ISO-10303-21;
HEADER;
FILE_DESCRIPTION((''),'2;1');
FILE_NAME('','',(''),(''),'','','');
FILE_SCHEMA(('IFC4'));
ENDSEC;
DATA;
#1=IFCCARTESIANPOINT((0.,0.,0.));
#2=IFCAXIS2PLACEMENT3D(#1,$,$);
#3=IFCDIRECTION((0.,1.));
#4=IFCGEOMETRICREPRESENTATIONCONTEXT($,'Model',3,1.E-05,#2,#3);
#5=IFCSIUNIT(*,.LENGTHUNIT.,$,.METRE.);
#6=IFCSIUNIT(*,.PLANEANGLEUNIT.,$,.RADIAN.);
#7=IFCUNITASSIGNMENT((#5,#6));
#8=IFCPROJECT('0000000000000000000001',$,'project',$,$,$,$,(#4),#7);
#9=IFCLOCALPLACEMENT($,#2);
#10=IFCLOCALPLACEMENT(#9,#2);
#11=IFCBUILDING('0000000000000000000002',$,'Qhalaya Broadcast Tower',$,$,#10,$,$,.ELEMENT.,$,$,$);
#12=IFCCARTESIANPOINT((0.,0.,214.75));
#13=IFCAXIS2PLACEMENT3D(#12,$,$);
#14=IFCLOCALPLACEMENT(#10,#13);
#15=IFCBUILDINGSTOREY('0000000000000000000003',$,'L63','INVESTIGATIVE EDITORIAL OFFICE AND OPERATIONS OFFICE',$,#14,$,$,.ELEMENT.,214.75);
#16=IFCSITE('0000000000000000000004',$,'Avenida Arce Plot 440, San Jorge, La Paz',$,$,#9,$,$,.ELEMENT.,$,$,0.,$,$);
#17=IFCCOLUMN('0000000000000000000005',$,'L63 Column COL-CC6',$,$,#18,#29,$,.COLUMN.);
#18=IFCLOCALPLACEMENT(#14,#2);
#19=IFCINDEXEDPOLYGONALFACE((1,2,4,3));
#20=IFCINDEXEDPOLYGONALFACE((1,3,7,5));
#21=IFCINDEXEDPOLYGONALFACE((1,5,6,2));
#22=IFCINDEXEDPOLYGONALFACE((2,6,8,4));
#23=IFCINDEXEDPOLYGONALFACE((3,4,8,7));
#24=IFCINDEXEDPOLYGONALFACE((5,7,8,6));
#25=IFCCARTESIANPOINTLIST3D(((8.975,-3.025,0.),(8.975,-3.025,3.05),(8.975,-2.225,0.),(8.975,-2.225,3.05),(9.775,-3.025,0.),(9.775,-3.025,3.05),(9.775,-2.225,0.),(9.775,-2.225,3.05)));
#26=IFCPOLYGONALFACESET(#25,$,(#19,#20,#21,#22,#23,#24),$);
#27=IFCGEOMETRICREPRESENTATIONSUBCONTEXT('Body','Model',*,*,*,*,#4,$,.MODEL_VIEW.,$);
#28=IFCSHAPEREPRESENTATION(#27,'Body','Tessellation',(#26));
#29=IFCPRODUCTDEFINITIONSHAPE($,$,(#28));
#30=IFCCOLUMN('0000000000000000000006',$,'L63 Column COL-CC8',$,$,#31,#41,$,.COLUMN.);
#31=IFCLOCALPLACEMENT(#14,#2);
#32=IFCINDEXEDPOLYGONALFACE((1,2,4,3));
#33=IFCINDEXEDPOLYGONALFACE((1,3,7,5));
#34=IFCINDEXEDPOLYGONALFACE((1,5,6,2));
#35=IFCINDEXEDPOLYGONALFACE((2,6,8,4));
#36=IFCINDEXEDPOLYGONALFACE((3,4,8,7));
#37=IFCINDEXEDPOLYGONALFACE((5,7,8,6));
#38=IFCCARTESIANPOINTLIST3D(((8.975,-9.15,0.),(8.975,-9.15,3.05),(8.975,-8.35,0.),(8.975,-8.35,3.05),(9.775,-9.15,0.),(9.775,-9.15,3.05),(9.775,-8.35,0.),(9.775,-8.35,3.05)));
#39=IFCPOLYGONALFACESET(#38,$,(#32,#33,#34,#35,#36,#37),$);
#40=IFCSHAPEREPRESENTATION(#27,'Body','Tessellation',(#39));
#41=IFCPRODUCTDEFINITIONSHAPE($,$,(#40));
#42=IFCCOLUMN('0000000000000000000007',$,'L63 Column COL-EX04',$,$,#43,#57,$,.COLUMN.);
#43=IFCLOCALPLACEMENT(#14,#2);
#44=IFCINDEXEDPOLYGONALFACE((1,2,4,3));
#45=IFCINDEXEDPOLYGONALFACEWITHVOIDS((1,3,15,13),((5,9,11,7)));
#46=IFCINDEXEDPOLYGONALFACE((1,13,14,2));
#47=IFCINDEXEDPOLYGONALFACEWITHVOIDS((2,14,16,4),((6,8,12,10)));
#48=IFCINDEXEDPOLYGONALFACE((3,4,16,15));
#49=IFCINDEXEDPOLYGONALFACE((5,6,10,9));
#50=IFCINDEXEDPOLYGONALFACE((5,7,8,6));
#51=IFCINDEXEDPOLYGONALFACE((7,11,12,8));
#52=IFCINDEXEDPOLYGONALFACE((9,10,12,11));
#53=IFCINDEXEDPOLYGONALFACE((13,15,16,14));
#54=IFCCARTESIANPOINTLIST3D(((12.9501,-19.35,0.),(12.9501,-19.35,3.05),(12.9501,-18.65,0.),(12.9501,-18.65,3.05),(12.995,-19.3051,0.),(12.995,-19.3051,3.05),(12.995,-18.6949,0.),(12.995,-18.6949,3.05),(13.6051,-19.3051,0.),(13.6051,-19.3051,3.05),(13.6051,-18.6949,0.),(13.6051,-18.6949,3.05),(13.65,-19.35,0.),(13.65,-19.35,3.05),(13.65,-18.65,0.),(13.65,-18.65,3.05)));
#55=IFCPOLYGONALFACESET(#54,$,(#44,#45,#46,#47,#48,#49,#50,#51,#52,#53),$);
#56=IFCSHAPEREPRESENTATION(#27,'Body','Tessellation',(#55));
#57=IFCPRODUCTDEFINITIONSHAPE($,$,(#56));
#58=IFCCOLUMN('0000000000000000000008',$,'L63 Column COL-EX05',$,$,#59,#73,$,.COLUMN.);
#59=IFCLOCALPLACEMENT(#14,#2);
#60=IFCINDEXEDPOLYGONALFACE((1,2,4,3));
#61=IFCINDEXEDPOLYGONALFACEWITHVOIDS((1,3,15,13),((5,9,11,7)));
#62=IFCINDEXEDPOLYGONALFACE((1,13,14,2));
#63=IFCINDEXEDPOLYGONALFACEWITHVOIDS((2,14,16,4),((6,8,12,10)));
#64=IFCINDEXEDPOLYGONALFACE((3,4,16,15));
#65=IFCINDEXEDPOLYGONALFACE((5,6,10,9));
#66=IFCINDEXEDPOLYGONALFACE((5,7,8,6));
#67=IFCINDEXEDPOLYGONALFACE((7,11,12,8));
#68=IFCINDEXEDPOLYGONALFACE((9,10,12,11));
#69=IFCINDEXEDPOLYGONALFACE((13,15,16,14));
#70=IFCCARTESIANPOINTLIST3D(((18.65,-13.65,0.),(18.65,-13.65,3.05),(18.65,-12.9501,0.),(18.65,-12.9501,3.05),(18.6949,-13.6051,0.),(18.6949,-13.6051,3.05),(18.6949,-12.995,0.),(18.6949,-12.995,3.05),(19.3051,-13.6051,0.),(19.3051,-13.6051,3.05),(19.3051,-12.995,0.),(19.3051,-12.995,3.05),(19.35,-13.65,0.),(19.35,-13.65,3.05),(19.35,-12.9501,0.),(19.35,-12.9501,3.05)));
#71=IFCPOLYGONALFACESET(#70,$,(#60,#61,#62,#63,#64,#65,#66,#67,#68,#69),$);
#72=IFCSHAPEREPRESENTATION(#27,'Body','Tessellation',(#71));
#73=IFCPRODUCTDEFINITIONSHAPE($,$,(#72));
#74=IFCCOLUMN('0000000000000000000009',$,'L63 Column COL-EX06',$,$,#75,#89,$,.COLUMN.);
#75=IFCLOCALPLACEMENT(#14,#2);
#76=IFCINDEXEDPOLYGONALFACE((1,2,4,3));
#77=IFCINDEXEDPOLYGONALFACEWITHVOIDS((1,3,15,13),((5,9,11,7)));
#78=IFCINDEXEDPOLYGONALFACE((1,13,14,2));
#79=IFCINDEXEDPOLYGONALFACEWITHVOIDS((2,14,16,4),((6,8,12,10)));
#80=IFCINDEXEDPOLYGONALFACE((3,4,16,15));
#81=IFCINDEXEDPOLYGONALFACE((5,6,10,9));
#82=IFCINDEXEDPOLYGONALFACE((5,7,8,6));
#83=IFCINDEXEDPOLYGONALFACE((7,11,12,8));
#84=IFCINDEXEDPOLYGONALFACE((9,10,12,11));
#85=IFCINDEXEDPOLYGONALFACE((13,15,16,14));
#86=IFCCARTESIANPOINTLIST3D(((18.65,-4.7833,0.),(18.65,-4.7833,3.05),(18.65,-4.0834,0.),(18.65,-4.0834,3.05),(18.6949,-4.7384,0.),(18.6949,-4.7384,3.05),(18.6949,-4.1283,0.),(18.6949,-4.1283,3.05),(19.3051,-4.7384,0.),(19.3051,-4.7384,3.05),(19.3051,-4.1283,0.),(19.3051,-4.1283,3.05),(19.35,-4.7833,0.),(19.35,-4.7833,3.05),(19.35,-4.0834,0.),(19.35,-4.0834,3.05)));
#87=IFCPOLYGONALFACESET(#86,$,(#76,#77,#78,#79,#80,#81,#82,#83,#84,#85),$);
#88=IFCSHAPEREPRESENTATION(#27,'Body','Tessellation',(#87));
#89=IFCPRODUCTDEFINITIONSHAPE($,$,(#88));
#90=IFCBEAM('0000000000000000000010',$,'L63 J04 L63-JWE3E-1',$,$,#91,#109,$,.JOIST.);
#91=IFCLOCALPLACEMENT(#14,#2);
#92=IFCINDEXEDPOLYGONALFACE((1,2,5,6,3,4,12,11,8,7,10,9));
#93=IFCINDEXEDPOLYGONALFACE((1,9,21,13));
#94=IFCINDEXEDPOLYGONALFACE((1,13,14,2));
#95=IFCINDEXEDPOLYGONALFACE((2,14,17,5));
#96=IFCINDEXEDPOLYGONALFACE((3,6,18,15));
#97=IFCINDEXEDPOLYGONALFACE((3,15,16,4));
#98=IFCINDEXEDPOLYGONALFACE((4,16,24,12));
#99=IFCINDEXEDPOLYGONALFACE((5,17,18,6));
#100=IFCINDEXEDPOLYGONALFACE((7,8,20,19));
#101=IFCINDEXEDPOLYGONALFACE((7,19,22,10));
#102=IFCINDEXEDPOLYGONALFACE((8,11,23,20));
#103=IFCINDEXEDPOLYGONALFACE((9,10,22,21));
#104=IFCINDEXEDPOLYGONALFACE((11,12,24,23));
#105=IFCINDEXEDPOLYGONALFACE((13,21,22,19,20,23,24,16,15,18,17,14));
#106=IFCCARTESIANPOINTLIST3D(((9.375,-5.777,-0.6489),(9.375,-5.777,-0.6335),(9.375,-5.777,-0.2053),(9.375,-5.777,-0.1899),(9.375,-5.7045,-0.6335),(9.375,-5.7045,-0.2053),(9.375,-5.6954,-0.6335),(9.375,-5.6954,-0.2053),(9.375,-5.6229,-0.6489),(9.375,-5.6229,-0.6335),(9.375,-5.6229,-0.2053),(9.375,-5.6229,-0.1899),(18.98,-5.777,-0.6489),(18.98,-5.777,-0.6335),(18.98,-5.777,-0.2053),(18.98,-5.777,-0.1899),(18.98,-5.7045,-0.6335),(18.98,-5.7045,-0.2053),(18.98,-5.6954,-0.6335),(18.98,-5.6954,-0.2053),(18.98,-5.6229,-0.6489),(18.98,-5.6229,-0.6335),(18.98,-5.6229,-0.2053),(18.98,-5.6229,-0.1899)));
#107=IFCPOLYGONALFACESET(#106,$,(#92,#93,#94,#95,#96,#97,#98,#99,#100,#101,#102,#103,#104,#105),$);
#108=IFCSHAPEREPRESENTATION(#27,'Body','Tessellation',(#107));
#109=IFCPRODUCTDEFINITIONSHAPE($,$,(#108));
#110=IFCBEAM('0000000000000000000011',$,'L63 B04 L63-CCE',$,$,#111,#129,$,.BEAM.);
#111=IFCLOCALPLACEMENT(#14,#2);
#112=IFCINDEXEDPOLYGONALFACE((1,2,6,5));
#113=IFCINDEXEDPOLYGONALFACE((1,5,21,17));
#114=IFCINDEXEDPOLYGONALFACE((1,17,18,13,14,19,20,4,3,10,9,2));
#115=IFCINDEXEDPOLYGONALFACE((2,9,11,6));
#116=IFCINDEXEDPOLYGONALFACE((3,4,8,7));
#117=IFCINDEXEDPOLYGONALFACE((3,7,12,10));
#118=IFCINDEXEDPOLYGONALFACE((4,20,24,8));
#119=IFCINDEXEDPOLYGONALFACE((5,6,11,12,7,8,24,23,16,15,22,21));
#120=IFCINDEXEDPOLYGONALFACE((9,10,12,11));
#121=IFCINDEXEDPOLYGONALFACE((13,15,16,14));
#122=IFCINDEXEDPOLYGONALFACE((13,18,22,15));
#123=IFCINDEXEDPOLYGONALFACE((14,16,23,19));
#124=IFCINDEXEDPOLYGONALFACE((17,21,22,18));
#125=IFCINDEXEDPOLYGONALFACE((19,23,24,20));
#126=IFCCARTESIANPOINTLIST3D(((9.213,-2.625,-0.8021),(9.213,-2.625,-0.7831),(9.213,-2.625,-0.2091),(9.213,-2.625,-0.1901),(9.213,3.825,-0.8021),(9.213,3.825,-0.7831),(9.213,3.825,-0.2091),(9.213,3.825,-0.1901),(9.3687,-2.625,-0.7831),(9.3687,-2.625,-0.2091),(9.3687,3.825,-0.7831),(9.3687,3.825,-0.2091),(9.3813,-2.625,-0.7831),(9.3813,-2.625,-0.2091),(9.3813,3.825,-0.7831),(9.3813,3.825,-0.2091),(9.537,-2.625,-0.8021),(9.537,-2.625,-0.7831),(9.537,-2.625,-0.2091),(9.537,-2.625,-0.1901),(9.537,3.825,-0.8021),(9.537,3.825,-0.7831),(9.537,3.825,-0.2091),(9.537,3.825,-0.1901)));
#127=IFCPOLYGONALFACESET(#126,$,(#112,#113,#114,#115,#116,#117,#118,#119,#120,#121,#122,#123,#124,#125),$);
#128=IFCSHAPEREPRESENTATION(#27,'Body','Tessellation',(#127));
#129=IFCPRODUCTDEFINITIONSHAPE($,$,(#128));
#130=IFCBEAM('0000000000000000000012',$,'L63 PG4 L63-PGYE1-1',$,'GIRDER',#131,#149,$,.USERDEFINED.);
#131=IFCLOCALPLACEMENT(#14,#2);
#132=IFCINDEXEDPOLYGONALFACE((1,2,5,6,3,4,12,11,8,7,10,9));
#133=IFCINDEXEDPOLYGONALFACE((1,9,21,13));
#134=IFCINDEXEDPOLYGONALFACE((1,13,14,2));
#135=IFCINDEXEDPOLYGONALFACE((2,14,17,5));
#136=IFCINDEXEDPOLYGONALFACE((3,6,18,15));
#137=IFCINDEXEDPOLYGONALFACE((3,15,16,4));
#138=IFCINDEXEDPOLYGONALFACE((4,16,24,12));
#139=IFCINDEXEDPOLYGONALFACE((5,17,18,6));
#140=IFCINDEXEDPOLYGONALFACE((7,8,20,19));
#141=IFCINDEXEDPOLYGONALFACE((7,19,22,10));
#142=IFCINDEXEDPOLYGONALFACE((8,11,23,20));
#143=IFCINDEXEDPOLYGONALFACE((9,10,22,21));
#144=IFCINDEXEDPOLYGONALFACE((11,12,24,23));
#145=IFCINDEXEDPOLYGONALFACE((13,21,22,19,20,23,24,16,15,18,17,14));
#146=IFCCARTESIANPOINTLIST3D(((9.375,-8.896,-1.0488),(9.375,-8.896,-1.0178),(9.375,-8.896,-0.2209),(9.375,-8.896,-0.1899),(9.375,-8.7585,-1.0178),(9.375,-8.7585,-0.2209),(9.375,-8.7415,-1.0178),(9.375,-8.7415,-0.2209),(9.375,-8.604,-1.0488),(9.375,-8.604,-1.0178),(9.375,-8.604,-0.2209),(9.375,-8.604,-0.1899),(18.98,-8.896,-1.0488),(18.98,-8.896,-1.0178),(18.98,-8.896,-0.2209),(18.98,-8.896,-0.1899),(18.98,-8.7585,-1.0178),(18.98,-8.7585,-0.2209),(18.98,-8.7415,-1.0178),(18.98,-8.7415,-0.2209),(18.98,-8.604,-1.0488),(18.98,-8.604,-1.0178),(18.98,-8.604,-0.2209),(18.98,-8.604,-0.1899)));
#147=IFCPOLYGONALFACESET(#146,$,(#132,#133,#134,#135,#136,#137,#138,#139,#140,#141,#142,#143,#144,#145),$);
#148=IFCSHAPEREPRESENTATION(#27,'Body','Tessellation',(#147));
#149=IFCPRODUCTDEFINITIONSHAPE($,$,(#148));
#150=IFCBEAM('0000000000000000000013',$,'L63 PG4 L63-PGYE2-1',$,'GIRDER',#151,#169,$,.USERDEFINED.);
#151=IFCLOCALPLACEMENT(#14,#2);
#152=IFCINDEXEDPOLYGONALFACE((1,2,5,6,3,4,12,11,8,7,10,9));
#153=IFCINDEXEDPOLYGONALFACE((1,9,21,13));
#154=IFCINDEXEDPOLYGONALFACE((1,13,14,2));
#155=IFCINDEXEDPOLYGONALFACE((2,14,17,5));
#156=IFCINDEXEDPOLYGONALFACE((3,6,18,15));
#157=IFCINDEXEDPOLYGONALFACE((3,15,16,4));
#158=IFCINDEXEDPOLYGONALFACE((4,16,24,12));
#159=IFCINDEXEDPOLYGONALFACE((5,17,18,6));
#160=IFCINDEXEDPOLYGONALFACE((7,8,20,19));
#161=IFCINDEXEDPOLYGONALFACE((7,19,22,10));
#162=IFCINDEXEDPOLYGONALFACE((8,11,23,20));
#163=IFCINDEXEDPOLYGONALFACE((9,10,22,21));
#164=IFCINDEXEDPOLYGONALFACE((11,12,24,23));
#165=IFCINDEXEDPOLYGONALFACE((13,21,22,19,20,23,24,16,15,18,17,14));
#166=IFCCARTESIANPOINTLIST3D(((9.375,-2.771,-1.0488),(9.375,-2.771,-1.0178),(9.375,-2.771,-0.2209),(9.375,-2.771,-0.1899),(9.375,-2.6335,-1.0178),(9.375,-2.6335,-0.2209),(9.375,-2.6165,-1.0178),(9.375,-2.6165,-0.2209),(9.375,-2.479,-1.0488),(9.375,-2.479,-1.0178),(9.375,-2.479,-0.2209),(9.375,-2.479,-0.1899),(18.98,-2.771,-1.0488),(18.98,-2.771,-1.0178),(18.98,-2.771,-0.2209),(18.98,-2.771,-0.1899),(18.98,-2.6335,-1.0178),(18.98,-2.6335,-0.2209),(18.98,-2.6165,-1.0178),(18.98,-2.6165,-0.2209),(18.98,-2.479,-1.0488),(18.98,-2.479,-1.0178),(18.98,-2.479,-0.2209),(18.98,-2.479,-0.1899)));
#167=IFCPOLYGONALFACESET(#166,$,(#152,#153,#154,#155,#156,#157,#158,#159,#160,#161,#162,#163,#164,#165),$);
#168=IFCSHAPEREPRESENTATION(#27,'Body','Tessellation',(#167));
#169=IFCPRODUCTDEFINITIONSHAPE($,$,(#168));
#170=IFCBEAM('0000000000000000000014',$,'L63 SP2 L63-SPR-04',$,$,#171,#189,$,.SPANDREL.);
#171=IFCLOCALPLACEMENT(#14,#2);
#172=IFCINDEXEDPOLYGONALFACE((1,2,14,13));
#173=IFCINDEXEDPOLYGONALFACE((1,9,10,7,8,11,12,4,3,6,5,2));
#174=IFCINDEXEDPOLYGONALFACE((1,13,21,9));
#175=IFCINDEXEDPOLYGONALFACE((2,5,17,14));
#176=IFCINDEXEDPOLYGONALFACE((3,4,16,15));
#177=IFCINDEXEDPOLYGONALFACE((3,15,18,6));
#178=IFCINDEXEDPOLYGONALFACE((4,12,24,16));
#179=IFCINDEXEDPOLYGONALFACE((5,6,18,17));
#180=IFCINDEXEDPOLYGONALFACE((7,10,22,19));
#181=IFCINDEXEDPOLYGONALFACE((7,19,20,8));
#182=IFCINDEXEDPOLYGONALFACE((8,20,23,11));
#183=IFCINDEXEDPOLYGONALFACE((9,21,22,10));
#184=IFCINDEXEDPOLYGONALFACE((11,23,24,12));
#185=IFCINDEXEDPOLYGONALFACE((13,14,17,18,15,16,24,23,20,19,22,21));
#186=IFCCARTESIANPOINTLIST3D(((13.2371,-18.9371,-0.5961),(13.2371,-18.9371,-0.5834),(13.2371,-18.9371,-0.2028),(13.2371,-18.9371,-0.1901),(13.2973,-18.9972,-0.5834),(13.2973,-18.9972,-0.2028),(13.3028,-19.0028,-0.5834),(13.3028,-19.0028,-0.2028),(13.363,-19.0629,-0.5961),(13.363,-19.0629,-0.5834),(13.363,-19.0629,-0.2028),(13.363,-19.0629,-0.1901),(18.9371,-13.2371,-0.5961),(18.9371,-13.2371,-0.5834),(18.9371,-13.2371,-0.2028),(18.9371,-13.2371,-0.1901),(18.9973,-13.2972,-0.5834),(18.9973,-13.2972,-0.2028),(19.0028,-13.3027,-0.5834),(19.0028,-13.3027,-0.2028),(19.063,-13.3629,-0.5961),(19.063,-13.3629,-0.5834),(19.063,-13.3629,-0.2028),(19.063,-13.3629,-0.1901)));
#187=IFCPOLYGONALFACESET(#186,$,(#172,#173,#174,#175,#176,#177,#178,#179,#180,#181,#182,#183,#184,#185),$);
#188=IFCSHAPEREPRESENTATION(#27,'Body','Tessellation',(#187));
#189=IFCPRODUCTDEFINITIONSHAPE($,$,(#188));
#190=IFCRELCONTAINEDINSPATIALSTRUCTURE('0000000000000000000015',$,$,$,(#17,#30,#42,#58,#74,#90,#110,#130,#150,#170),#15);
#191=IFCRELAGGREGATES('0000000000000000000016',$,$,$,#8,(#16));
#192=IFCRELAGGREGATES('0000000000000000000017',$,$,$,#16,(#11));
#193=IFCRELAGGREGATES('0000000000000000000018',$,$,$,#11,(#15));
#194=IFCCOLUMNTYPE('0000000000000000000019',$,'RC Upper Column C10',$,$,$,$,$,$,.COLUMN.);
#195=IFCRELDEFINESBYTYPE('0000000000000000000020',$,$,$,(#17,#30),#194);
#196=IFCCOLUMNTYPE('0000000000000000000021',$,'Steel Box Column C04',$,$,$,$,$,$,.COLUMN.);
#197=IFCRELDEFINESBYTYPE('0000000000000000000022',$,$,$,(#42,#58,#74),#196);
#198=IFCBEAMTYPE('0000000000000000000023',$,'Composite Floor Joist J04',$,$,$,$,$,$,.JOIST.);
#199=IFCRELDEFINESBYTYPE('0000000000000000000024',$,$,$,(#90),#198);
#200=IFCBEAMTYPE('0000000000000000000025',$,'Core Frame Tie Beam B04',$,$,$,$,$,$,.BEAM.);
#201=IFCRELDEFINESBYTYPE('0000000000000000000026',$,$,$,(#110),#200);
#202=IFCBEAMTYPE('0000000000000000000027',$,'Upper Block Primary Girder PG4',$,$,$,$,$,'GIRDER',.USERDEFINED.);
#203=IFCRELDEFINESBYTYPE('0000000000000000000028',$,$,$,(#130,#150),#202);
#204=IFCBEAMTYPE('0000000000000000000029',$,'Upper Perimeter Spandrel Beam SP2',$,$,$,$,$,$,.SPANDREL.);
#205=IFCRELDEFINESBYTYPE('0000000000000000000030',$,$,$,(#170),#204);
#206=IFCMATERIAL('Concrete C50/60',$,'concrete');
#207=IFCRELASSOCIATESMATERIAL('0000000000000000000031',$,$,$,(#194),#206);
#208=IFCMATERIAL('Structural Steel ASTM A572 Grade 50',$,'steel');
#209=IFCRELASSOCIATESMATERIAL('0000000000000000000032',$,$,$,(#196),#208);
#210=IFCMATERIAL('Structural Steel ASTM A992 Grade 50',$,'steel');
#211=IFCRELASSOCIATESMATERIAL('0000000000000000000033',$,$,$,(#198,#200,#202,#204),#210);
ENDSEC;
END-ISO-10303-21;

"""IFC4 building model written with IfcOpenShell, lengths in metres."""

from ifc_helpers import new_model, si_unit, direction, frame, origin, origin_2d, place, context, subcontext, project, spatial, rectangle, hollow_rectangle, i_section, extrude, material, material_profile, profile_set, type_object, element, save


model = new_model("IFC4")

# Units and contexts
model_context = context("Model", 3, precision=1e-05, world=origin(), true_north=direction((0.0, 1.0)))
body_context = subcontext(model_context, "Body", "Model", "MODEL_VIEW")
ifc_project = project(units=[si_unit("LENGTHUNIT", "METRE"), si_unit("PLANEANGLEUNIT", "RADIAN")], contexts=[model_context])

# Site, building, storey
site_placement = place(None, origin())
site = spatial("IfcSite", under=ifc_project, at=site_placement, Name="Avenida Arce Plot 440, San Jorge, La Paz", CompositionType="ELEMENT", RefElevation=0.0)
building_placement = place(site_placement, origin())
building = spatial("IfcBuilding", under=site, at=building_placement, Name="Qhalaya Broadcast Tower", CompositionType="ELEMENT")
storey_placement = place(building_placement, frame((0.0, 0.0, 214.75)))
storey = spatial("IfcBuildingStorey", under=building, at=storey_placement, Name="L63", Description="INVESTIGATIVE EDITORIAL OFFICE AND OPERATIONS OFFICE", CompositionType="ELEMENT", Elevation=214.75)

# Columns
ifc_material_1 = material(Name="Concrete C50/60", Category="concrete")
ifc_material_profile_1 = material_profile(ifc_material_1, rectangle(XDim=0.8, YDim=0.8, at=origin_2d()), Name="RC-COL 800x800")
ifc_profile_set_1 = profile_set([ifc_material_profile_1], Name="Concrete C50/60")
column_type_1 = type_object("IfcColumnType", Name="RC Upper Column C10", PredefinedType="COLUMN", material=ifc_profile_set_1)
for number, where, z_axis, x_axis, name in (
    (1, (9.375, -2.625, 0.0), (0.0, 0.0, 1.0), (1.0, 0.0, 0.0), "L63 Column COL-CC6"),
    (2, (9.375, -8.75, 0.0), (0.0, 0.0, 1.0), (1.0, 0.0, 0.0), "L63 Column COL-CC8"),
):
    element("IfcColumn", number, at=place(storey_placement, frame(where, z_axis=z_axis, x_axis=x_axis)), inside=storey, type_object=column_type_1, Name=name, PredefinedType="COLUMN", context=body_context, shape_type="SweptSolid", body=[
        extrude(rectangle(XDim=0.8, YDim=0.8, at=origin_2d()), origin(), (0.0, 0.0, 1.0), 3.05),
    ])
ifc_material_2 = material(Name="Structural Steel ASTM A572 Grade 50", Category="steel")
ifc_material_profile_2 = material_profile(ifc_material_2, hollow_rectangle(XDim=0.7, YDim=0.7, WallThickness=0.0449, at=origin_2d()), Name="BOX 700x700x45")
ifc_profile_set_2 = profile_set([ifc_material_profile_2], Name="Structural Steel ASTM A572 Grade 50")
column_type_2 = type_object("IfcColumnType", Name="Steel Box Column C04", PredefinedType="COLUMN", material=ifc_profile_set_2)
for number, where, z_axis, x_axis, name in (
    (3, (13.3, -19.0, 0.0), (0.0, 0.0, 1.0), (1.0, 0.0, 0.0), "L63 Column COL-EX04"),
    (4, (19.0, -13.3, 0.0), (0.0, 0.0, 1.0), (0.0, 1.0, 0.0), "L63 Column COL-EX05"),
    (5, (19.0, -4.4333, 0.0), (0.0, 0.0, 1.0), (0.0, 1.0, 0.0), "L63 Column COL-EX06"),
):
    element("IfcColumn", number, at=place(storey_placement, frame(where, z_axis=z_axis, x_axis=x_axis)), inside=storey, type_object=column_type_2, Name=name, PredefinedType="COLUMN", context=body_context, shape_type="SweptSolid", body=[
        extrude(hollow_rectangle(XDim=0.7, YDim=0.7, WallThickness=0.0449, at=origin_2d()), origin(), (0.0, 0.0, 1.0), 3.05),
    ])

# Beams
ifc_material_3 = material(Name="Structural Steel ASTM A992 Grade 50", Category="steel")
ifc_material_profile_3 = material_profile(ifc_material_3, i_section(OverallWidth=0.1541, OverallDepth=0.459, WebThickness=0.009, FlangeThickness=0.0154, at=origin_2d()), Name="W18X46")
ifc_profile_set_3 = profile_set([ifc_material_profile_3], Name="Structural Steel ASTM A992 Grade 50")
beam_type_1 = type_object("IfcBeamType", Name="Composite Floor Joist J04", PredefinedType="JOIST", material=ifc_profile_set_3)
beam_1_placement = place(storey_placement, frame((9.375, -5.7, -0.4194), z_axis=(1.0, 0.0, 0.0), x_axis=(0.0, 1.0, 0.0)))
element("IfcBeam", 6, at=beam_1_placement, inside=storey, type_object=beam_type_1, Name="L63 J04 L63-JWE3E-1", PredefinedType="JOIST", context=body_context, shape_type="SweptSolid", body=[
    extrude(i_section(OverallWidth=0.1541, OverallDepth=0.459, WebThickness=0.009, FlangeThickness=0.0154, at=origin_2d()), origin(), (0.0, 0.0, 1.0), 9.605),
])
ifc_material_profile_4 = material_profile(ifc_material_3, i_section(OverallWidth=0.324, OverallDepth=0.6121, WebThickness=0.0127, FlangeThickness=0.019, at=origin_2d()), Name="W24X104")
ifc_profile_set_4 = profile_set([ifc_material_profile_4], Name="Structural Steel ASTM A992 Grade 50")
beam_type_2 = type_object("IfcBeamType", Name="Core Frame Tie Beam B04", PredefinedType="BEAM", material=ifc_profile_set_4)
beam_2_placement = place(storey_placement, frame((9.375, -2.625, -0.4961), z_axis=(0.0, 1.0, 0.0), x_axis=(-1.0, 0.0, 0.0)))
element("IfcBeam", 7, at=beam_2_placement, inside=storey, type_object=beam_type_2, Name="L63 B04 L63-CCE", PredefinedType="BEAM", context=body_context, shape_type="SweptSolid", body=[
    extrude(i_section(OverallWidth=0.324, OverallDepth=0.6121, WebThickness=0.0127, FlangeThickness=0.019, at=origin_2d()), origin(), (0.0, 0.0, 1.0), 6.45),
])
ifc_material_profile_5 = material_profile(ifc_material_3, i_section(OverallWidth=0.292, OverallDepth=0.8589, WebThickness=0.0171, FlangeThickness=0.031, at=origin_2d()), Name="W33X169")
ifc_profile_set_5 = profile_set([ifc_material_profile_5], Name="Structural Steel ASTM A992 Grade 50")
beam_type_3 = type_object("IfcBeamType", Name="Upper Block Primary Girder PG4", ElementType="GIRDER", PredefinedType="USERDEFINED", material=ifc_profile_set_5)
for number, where, z_axis, x_axis, name in (
    (8, (9.375, -8.75, -0.6194), (1.0, 0.0, 0.0), (0.0, 1.0, 0.0), "L63 PG4 L63-PGYE1-1"),
    (9, (9.375, -2.625, -0.6194), (1.0, 0.0, 0.0), (0.0, 1.0, 0.0), "L63 PG4 L63-PGYE2-1"),
):
    element("IfcBeam", number, at=place(storey_placement, frame(where, z_axis=z_axis, x_axis=x_axis)), inside=storey, type_object=beam_type_3, Name=name, ObjectType="GIRDER", PredefinedType="USERDEFINED", context=body_context, shape_type="SweptSolid", body=[
        extrude(i_section(OverallWidth=0.292, OverallDepth=0.8589, WebThickness=0.0171, FlangeThickness=0.031, at=origin_2d()), origin(), (0.0, 0.0, 1.0), 9.605),
    ])
ifc_material_profile_6 = material_profile(ifc_material_3, i_section(OverallWidth=0.178, OverallDepth=0.406, WebThickness=0.0078, FlangeThickness=0.0127, at=origin_2d()), Name="W16X40")
ifc_profile_set_6 = profile_set([ifc_material_profile_6], Name="Structural Steel ASTM A992 Grade 50")
beam_type_4 = type_object("IfcBeamType", Name="Upper Perimeter Spandrel Beam SP2", PredefinedType="SPANDREL", material=ifc_profile_set_6)
beam_3_placement = place(storey_placement, frame((13.3, -19.0, -0.3931), z_axis=(0.707107, 0.707107, 0.0), x_axis=(-0.707107, 0.707107, 0.0)))
element("IfcBeam", 10, at=beam_3_placement, inside=storey, type_object=beam_type_4, Name="L63 SP2 L63-SPR-04", PredefinedType="SPANDREL", context=body_context, shape_type="SweptSolid", body=[
    extrude(i_section(OverallWidth=0.178, OverallDepth=0.406, WebThickness=0.0078, FlangeThickness=0.0127, at=origin_2d()), origin(), (0.0, 0.0, 1.0), 8.061),
])

save(model, "model.ifc")
